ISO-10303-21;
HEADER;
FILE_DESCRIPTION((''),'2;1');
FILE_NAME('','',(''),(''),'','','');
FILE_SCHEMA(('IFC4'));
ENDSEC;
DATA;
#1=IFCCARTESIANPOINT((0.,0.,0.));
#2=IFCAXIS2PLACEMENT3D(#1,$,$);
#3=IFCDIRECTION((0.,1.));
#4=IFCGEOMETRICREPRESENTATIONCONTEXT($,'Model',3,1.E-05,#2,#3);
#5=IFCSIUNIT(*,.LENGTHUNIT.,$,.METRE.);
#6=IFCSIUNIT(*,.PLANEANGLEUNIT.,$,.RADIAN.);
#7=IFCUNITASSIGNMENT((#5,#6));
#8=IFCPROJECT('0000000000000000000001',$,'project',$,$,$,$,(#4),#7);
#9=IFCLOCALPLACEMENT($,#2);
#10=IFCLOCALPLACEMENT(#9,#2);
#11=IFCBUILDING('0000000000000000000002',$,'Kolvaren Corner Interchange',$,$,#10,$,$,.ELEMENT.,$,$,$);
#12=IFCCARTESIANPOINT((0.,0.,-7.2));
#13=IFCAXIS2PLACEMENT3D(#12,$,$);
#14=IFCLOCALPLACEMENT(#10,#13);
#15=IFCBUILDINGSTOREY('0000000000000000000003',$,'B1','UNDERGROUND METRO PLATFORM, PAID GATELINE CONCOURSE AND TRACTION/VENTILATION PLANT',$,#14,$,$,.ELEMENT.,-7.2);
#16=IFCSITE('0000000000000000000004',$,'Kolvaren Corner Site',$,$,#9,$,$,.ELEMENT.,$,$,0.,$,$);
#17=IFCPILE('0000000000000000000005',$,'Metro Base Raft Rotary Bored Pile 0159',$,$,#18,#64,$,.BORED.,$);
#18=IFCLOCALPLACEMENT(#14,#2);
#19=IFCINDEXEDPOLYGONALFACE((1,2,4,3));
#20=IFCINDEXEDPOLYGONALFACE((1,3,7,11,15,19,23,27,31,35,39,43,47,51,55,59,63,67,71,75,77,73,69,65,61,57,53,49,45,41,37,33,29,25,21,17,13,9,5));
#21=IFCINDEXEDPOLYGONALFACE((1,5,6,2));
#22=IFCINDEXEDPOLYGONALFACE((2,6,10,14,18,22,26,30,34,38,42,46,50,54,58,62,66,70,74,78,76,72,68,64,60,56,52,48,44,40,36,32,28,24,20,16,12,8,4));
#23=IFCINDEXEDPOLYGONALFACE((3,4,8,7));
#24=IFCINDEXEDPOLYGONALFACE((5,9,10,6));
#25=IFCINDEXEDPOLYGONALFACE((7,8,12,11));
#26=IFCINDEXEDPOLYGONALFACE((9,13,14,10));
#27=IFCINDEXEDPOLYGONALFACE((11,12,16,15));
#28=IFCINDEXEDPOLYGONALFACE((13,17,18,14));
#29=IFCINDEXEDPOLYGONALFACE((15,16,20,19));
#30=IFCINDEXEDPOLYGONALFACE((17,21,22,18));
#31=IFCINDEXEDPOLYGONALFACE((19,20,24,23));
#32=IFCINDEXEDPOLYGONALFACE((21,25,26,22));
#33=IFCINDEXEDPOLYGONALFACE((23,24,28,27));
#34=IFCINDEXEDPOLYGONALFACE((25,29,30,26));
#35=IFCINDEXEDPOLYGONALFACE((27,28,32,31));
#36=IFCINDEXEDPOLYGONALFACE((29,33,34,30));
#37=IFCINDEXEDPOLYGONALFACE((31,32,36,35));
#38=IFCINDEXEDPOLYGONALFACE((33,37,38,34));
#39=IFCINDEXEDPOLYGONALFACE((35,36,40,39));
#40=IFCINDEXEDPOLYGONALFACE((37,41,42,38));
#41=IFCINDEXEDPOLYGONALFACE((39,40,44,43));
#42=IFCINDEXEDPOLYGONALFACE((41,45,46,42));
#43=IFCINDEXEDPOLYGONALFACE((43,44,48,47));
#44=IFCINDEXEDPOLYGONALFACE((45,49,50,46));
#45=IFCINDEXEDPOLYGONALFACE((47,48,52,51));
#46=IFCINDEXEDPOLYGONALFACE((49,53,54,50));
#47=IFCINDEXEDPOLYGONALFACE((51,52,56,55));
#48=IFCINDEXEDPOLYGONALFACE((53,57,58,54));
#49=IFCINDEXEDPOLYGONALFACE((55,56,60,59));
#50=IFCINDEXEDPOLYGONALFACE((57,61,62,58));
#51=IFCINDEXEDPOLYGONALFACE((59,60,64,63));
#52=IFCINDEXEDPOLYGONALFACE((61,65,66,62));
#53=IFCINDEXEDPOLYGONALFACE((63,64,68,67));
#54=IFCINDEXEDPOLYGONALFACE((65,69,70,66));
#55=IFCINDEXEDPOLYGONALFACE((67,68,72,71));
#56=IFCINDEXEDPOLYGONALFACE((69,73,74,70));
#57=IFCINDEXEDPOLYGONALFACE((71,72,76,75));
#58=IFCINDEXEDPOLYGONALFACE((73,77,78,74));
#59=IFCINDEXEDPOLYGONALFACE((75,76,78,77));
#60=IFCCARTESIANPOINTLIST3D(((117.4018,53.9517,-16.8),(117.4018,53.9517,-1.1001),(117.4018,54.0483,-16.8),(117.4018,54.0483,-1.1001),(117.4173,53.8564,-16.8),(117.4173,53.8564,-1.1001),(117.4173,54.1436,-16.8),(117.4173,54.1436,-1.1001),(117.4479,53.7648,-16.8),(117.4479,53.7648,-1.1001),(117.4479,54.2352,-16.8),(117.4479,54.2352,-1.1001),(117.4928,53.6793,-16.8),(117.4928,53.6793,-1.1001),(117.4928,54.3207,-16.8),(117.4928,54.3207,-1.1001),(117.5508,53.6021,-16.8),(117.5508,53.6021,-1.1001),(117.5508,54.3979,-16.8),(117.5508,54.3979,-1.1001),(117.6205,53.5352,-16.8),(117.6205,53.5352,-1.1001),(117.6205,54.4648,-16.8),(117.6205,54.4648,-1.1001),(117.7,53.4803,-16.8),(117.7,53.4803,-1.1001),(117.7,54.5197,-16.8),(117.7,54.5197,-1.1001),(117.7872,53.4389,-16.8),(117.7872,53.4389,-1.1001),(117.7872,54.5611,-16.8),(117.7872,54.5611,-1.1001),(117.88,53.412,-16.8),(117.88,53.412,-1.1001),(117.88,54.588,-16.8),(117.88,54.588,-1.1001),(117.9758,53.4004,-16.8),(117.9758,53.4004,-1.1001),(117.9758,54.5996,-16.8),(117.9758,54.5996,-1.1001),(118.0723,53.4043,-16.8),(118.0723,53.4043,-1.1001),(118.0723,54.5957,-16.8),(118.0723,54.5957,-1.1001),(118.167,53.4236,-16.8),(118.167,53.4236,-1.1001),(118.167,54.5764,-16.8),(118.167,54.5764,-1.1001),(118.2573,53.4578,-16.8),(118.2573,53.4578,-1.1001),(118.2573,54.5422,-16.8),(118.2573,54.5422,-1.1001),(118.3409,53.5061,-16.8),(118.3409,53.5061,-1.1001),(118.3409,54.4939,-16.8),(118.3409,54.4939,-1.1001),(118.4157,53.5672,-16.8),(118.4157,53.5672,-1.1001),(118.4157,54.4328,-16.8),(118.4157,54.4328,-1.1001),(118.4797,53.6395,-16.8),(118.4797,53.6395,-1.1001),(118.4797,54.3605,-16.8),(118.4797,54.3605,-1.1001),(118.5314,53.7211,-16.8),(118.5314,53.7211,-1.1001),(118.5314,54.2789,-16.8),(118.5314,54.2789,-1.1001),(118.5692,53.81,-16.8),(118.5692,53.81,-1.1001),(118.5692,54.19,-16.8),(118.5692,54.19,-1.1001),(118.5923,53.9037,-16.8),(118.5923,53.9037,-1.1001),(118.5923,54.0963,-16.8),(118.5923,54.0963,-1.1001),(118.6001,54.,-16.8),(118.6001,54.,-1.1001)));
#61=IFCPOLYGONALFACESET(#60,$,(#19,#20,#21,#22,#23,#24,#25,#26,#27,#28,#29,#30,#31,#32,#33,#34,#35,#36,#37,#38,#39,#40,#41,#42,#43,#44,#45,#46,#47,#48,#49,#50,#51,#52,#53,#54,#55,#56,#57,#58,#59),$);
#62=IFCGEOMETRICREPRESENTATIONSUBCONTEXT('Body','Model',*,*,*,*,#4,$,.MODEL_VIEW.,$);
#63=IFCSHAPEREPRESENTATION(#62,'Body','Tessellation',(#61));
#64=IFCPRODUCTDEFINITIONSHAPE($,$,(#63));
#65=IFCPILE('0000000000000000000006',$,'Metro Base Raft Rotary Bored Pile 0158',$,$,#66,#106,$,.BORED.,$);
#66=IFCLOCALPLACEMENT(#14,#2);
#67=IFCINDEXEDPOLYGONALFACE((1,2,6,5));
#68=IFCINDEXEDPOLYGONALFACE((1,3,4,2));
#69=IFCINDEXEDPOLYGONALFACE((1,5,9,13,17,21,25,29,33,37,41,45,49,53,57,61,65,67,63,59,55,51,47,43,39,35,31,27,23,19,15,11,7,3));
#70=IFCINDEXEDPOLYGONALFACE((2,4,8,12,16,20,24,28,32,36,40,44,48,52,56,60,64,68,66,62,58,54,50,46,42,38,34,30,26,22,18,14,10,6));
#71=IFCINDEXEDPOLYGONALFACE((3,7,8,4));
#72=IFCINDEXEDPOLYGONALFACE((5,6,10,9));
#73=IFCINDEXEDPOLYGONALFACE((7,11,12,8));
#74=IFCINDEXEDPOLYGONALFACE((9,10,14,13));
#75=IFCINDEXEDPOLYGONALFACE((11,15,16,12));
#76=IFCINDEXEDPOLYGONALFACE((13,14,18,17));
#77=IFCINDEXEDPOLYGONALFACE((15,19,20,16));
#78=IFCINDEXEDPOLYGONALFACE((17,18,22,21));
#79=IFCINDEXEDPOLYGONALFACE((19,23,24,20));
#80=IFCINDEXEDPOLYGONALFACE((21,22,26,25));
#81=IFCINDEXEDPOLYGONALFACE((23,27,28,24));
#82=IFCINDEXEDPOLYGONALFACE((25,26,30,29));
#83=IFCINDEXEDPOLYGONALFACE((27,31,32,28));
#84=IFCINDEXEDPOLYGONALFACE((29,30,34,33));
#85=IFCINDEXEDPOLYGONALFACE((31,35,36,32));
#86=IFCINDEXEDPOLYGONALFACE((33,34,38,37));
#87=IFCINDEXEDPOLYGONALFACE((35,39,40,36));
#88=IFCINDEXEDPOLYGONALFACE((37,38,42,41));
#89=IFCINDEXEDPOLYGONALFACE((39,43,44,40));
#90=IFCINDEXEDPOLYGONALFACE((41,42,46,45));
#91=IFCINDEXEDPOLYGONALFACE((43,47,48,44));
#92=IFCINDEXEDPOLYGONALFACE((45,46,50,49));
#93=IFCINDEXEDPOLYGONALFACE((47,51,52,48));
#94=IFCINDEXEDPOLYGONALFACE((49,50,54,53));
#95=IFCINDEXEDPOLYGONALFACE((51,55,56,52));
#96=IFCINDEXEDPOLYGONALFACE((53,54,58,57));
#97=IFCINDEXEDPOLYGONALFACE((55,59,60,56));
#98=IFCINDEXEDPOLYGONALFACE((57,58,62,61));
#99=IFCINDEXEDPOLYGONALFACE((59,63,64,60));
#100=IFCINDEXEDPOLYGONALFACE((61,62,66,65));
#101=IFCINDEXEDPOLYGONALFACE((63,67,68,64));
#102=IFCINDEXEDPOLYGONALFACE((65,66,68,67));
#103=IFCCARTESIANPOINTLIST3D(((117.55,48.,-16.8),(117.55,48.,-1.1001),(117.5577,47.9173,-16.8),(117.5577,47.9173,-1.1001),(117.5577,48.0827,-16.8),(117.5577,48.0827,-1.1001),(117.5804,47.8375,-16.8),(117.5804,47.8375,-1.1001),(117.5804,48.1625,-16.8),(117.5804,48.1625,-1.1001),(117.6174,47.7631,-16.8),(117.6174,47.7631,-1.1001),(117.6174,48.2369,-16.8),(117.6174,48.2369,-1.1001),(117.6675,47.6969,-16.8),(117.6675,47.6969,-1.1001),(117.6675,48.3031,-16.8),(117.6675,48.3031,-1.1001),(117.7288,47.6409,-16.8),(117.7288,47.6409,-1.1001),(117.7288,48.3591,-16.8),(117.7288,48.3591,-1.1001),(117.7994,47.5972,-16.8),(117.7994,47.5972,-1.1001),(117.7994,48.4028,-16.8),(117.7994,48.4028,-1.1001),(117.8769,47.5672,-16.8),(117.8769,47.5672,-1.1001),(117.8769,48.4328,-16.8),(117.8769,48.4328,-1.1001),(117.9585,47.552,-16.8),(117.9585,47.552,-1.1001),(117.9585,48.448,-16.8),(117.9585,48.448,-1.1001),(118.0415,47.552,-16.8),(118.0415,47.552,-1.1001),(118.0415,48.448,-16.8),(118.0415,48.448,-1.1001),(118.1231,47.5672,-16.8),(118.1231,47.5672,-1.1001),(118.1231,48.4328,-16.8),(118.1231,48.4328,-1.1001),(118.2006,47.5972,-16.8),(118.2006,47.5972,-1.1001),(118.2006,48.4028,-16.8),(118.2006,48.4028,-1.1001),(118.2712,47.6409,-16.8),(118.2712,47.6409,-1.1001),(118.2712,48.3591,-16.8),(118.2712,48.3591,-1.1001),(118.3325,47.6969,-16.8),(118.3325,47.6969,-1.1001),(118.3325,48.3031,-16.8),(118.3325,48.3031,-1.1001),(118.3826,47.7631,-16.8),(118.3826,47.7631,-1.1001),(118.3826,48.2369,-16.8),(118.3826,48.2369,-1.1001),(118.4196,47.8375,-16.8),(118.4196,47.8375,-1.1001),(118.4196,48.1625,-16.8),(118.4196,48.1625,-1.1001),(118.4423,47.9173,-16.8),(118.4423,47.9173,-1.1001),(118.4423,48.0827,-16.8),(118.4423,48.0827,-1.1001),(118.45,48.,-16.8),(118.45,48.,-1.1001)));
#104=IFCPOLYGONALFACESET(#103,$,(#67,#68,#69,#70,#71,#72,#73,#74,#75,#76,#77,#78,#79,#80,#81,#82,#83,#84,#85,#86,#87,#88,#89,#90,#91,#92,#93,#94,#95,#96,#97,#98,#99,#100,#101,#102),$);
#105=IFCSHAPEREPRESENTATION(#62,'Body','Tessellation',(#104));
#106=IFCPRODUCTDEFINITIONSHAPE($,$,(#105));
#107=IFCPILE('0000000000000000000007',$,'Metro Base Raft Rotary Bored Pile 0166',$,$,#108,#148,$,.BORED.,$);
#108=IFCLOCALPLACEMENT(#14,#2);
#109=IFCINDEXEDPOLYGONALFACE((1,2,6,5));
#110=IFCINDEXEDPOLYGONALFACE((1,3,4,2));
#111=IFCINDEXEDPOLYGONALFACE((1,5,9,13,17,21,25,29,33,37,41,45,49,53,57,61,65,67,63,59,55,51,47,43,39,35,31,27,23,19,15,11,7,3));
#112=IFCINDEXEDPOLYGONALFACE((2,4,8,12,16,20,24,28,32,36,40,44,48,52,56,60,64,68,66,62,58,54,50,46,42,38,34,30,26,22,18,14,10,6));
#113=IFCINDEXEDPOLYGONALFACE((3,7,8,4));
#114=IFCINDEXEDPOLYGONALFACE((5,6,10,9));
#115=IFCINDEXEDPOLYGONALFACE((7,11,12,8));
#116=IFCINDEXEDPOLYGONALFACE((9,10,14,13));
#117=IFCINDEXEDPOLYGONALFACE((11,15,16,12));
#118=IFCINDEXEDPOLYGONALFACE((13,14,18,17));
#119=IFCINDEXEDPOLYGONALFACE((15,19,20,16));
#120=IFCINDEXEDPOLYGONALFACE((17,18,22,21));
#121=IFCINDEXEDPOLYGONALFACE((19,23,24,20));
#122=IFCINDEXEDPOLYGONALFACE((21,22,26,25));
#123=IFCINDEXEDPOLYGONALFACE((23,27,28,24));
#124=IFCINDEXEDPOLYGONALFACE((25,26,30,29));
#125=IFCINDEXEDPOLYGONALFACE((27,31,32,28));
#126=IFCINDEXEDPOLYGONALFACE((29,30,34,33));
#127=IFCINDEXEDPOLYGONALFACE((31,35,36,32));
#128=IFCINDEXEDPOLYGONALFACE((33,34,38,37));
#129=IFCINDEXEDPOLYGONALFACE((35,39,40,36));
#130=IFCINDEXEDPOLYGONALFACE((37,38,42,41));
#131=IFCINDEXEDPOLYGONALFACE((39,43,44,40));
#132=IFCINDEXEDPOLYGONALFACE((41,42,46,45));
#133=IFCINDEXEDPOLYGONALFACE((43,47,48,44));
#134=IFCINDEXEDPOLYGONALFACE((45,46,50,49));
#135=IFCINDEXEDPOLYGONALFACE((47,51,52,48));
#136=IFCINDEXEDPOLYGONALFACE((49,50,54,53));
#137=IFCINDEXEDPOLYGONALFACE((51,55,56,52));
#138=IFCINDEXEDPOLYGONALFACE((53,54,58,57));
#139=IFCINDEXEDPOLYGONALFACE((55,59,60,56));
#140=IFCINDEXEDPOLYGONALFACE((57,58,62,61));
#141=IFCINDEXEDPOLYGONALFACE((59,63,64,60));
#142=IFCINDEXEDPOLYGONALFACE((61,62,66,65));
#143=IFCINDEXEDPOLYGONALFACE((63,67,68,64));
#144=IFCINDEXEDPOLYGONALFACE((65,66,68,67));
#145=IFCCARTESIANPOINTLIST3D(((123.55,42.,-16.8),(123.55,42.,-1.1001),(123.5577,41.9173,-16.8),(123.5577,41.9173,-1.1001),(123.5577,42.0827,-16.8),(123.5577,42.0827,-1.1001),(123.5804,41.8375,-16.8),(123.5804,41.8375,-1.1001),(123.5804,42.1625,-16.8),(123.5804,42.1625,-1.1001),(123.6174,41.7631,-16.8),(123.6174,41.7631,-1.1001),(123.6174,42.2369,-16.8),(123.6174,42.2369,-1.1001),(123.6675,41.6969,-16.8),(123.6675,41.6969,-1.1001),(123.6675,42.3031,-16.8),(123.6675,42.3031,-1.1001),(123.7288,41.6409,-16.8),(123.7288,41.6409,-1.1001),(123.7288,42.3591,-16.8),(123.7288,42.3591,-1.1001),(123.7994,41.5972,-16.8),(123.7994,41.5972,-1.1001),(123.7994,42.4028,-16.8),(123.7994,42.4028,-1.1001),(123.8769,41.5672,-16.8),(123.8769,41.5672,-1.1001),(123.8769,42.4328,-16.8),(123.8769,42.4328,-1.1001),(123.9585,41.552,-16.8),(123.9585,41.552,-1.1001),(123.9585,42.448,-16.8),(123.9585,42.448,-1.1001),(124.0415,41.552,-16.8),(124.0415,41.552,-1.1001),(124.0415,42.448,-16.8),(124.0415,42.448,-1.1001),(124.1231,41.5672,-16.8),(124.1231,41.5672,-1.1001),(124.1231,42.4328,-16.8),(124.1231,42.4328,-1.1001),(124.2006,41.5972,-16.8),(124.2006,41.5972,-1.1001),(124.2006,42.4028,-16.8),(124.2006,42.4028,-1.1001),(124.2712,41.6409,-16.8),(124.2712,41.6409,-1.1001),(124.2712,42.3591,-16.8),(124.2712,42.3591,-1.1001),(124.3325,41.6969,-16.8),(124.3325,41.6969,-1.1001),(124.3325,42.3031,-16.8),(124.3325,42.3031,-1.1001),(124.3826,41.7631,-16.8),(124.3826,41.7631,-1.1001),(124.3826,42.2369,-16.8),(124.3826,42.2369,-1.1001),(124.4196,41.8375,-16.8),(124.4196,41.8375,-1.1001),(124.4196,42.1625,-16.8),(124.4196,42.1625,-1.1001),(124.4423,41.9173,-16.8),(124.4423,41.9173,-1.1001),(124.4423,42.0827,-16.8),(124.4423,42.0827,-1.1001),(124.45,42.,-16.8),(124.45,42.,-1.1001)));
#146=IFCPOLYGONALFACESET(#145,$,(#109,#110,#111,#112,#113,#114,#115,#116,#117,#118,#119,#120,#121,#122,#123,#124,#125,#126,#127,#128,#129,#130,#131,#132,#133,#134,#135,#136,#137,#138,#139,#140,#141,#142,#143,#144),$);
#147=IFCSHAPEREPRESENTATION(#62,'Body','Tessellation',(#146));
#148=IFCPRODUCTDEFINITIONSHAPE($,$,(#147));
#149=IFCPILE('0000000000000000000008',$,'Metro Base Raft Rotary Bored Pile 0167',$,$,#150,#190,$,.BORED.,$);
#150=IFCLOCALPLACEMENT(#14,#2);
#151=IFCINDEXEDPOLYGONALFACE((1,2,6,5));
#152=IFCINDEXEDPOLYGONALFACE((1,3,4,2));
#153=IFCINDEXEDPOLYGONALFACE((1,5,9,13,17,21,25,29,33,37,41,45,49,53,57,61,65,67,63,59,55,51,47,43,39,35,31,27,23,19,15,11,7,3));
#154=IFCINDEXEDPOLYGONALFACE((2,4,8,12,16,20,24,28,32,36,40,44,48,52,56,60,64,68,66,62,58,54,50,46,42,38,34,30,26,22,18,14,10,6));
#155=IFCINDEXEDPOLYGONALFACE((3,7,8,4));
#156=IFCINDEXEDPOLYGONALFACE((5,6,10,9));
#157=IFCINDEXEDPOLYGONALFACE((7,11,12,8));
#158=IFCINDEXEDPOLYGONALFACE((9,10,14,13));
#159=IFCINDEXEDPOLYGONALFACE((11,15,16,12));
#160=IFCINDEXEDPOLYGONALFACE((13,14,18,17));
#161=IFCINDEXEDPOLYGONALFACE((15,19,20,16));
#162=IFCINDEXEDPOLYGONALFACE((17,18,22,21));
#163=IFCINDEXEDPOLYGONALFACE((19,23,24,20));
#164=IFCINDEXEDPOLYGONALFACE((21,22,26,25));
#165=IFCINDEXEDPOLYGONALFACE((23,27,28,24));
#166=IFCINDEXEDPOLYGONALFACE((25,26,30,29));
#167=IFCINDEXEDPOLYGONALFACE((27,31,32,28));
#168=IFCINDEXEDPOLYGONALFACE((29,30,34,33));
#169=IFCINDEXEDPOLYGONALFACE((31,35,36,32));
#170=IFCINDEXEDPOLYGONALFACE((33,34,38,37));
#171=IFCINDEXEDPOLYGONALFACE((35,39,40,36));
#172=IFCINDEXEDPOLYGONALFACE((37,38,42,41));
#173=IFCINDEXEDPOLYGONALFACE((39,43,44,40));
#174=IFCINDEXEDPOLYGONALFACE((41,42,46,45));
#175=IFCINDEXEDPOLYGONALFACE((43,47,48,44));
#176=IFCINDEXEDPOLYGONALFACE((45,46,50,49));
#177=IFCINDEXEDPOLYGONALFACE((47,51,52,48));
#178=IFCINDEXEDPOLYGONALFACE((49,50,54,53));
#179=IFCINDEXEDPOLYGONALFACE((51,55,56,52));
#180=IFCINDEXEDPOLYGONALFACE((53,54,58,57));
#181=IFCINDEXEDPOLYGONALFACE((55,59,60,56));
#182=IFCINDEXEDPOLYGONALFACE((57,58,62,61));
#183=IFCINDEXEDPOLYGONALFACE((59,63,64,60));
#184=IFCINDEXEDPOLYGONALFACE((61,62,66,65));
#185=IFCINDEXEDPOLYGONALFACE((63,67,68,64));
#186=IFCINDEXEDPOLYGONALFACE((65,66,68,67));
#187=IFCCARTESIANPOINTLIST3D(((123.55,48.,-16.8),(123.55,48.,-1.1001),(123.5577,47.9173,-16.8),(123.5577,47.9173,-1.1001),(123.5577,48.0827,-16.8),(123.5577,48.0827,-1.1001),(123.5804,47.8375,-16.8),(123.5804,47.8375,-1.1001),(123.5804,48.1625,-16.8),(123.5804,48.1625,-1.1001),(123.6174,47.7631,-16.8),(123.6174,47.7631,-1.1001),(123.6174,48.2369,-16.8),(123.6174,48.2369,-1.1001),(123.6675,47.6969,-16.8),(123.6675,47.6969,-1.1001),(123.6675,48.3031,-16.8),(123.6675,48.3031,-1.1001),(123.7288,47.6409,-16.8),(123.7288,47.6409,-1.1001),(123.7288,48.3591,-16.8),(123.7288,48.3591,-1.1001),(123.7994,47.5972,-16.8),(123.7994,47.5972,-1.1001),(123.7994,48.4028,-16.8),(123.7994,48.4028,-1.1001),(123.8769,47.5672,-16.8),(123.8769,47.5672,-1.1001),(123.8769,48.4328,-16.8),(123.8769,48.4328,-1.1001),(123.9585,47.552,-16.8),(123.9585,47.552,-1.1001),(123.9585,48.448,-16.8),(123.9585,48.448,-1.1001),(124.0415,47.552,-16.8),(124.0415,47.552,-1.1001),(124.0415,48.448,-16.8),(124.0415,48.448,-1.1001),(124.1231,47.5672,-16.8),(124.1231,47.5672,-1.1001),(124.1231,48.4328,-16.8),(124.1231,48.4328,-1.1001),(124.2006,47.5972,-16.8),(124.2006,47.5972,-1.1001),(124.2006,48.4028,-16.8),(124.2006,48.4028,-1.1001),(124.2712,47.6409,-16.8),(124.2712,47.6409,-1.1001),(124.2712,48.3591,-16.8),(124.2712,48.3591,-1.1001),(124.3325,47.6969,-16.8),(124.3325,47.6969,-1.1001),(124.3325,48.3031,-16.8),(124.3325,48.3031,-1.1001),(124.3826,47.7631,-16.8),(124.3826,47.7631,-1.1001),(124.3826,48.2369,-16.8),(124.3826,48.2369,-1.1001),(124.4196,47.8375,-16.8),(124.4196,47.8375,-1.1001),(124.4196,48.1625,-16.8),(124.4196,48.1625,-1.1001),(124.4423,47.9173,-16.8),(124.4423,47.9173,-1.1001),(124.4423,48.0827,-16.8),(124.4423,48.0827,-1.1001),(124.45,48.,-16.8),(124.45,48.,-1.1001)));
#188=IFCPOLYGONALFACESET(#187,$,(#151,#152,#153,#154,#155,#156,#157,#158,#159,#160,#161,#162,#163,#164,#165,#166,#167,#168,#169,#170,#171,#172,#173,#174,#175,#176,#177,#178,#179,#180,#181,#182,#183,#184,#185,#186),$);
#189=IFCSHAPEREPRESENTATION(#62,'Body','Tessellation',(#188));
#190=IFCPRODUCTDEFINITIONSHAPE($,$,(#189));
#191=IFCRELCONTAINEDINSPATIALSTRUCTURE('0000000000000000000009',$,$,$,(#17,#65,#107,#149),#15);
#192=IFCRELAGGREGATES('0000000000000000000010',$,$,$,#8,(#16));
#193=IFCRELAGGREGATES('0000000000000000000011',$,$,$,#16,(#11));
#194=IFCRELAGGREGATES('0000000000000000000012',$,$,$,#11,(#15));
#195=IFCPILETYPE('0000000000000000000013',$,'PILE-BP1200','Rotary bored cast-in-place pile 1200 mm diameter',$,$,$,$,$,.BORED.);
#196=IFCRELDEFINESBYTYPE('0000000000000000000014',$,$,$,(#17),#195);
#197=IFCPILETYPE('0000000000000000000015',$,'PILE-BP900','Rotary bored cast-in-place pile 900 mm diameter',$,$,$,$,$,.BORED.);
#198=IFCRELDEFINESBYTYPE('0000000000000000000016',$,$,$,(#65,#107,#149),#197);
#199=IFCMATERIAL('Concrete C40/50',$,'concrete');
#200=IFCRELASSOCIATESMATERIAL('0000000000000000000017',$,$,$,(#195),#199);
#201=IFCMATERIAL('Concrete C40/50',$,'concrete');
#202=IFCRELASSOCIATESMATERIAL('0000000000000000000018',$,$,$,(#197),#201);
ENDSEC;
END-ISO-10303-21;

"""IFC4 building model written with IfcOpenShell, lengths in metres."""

from ifc_helpers import new_model, si_unit, direction, frame, origin, origin_2d, place, context, subcontext, project, spatial, circle, extrude, material, material_profile, profile_set, type_object, element, save


model = new_model("IFC4")

# Units and contexts
model_context = context("Model", 3, precision=1e-05, world=origin(), true_north=direction((0.0, 1.0)))
body_context = subcontext(model_context, "Body", "Model", "MODEL_VIEW")
ifc_project = project(units=[si_unit("LENGTHUNIT", "METRE"), si_unit("PLANEANGLEUNIT", "RADIAN")], contexts=[model_context])

# Site, building, storey
site_placement = place(None, origin())
site = spatial("IfcSite", under=ifc_project, at=site_placement, Name="Kolvaren Corner Site", CompositionType="ELEMENT", RefElevation=0.0)
building_placement = place(site_placement, origin())
building = spatial("IfcBuilding", under=site, at=building_placement, Name="Kolvaren Corner Interchange", CompositionType="ELEMENT")
storey_placement = place(building_placement, frame((0.0, 0.0, -7.2)))
storey = spatial("IfcBuildingStorey", under=building, at=storey_placement, Name="B1", Description="UNDERGROUND METRO PLATFORM, PAID GATELINE CONCOURSE AND TRACTION/VENTILATION PLANT", CompositionType="ELEMENT", Elevation=-7.2)

# Piles
ifc_material_1 = material(Name="Concrete C40/50", Category="concrete")
ifc_material_profile_1 = material_profile(ifc_material_1, circle(Radius=0.6001, at=origin_2d()), Name="BORED PILE 1200")
ifc_profile_set_1 = profile_set([ifc_material_profile_1], Name="Concrete C40/50")
pile_type_1 = type_object("IfcPileType", Name="PILE-BP1200", Description="Rotary bored cast-in-place pile 1200 mm diameter", PredefinedType="BORED", material=ifc_profile_set_1)
pile_placement = place(storey_placement, frame((118.0, 54.0, -1.1001), z_axis=(0.0, 0.0, -1.0), x_axis=(1.0, 0.0, 0.0)))
element("IfcPile", 1, at=pile_placement, inside=storey, type_object=pile_type_1, Name="Metro Base Raft Rotary Bored Pile 0159", PredefinedType="BORED", context=body_context, shape_type="SweptSolid", body=[
    extrude(circle(Radius=0.6001, at=origin_2d()), origin(), (0.0, 0.0, 1.0), 15.7),
])
ifc_material_2 = material(Name="Concrete C40/50", Category="concrete")
ifc_material_profile_2 = material_profile(ifc_material_2, circle(Radius=0.45, at=origin_2d()), Name="BORED PILE 900")
ifc_profile_set_2 = profile_set([ifc_material_profile_2], Name="Concrete C40/50")
pile_type_2 = type_object("IfcPileType", Name="PILE-BP900", Description="Rotary bored cast-in-place pile 900 mm diameter", PredefinedType="BORED", material=ifc_profile_set_2)
for number, where, z_axis, x_axis, name in (
    (2, (118.0, 48.0, -1.1001), (0.0, 0.0, -1.0), (1.0, 0.0, 0.0), "Metro Base Raft Rotary Bored Pile 0158"),
    (3, (124.0, 42.0, -1.1001), (0.0, 0.0, -1.0), (1.0, 0.0, 0.0), "Metro Base Raft Rotary Bored Pile 0166"),
    (4, (124.0, 48.0, -1.1001), (0.0, 0.0, -1.0), (1.0, 0.0, 0.0), "Metro Base Raft Rotary Bored Pile 0167"),
):
    element("IfcPile", number, at=place(storey_placement, frame(where, z_axis=z_axis, x_axis=x_axis)), inside=storey, type_object=pile_type_2, Name=name, PredefinedType="BORED", context=body_context, shape_type="SweptSolid", body=[
        extrude(circle(Radius=0.45, at=origin_2d()), origin(), (0.0, 0.0, 1.0), 15.7),
    ])

save(model, "model.ifc")
